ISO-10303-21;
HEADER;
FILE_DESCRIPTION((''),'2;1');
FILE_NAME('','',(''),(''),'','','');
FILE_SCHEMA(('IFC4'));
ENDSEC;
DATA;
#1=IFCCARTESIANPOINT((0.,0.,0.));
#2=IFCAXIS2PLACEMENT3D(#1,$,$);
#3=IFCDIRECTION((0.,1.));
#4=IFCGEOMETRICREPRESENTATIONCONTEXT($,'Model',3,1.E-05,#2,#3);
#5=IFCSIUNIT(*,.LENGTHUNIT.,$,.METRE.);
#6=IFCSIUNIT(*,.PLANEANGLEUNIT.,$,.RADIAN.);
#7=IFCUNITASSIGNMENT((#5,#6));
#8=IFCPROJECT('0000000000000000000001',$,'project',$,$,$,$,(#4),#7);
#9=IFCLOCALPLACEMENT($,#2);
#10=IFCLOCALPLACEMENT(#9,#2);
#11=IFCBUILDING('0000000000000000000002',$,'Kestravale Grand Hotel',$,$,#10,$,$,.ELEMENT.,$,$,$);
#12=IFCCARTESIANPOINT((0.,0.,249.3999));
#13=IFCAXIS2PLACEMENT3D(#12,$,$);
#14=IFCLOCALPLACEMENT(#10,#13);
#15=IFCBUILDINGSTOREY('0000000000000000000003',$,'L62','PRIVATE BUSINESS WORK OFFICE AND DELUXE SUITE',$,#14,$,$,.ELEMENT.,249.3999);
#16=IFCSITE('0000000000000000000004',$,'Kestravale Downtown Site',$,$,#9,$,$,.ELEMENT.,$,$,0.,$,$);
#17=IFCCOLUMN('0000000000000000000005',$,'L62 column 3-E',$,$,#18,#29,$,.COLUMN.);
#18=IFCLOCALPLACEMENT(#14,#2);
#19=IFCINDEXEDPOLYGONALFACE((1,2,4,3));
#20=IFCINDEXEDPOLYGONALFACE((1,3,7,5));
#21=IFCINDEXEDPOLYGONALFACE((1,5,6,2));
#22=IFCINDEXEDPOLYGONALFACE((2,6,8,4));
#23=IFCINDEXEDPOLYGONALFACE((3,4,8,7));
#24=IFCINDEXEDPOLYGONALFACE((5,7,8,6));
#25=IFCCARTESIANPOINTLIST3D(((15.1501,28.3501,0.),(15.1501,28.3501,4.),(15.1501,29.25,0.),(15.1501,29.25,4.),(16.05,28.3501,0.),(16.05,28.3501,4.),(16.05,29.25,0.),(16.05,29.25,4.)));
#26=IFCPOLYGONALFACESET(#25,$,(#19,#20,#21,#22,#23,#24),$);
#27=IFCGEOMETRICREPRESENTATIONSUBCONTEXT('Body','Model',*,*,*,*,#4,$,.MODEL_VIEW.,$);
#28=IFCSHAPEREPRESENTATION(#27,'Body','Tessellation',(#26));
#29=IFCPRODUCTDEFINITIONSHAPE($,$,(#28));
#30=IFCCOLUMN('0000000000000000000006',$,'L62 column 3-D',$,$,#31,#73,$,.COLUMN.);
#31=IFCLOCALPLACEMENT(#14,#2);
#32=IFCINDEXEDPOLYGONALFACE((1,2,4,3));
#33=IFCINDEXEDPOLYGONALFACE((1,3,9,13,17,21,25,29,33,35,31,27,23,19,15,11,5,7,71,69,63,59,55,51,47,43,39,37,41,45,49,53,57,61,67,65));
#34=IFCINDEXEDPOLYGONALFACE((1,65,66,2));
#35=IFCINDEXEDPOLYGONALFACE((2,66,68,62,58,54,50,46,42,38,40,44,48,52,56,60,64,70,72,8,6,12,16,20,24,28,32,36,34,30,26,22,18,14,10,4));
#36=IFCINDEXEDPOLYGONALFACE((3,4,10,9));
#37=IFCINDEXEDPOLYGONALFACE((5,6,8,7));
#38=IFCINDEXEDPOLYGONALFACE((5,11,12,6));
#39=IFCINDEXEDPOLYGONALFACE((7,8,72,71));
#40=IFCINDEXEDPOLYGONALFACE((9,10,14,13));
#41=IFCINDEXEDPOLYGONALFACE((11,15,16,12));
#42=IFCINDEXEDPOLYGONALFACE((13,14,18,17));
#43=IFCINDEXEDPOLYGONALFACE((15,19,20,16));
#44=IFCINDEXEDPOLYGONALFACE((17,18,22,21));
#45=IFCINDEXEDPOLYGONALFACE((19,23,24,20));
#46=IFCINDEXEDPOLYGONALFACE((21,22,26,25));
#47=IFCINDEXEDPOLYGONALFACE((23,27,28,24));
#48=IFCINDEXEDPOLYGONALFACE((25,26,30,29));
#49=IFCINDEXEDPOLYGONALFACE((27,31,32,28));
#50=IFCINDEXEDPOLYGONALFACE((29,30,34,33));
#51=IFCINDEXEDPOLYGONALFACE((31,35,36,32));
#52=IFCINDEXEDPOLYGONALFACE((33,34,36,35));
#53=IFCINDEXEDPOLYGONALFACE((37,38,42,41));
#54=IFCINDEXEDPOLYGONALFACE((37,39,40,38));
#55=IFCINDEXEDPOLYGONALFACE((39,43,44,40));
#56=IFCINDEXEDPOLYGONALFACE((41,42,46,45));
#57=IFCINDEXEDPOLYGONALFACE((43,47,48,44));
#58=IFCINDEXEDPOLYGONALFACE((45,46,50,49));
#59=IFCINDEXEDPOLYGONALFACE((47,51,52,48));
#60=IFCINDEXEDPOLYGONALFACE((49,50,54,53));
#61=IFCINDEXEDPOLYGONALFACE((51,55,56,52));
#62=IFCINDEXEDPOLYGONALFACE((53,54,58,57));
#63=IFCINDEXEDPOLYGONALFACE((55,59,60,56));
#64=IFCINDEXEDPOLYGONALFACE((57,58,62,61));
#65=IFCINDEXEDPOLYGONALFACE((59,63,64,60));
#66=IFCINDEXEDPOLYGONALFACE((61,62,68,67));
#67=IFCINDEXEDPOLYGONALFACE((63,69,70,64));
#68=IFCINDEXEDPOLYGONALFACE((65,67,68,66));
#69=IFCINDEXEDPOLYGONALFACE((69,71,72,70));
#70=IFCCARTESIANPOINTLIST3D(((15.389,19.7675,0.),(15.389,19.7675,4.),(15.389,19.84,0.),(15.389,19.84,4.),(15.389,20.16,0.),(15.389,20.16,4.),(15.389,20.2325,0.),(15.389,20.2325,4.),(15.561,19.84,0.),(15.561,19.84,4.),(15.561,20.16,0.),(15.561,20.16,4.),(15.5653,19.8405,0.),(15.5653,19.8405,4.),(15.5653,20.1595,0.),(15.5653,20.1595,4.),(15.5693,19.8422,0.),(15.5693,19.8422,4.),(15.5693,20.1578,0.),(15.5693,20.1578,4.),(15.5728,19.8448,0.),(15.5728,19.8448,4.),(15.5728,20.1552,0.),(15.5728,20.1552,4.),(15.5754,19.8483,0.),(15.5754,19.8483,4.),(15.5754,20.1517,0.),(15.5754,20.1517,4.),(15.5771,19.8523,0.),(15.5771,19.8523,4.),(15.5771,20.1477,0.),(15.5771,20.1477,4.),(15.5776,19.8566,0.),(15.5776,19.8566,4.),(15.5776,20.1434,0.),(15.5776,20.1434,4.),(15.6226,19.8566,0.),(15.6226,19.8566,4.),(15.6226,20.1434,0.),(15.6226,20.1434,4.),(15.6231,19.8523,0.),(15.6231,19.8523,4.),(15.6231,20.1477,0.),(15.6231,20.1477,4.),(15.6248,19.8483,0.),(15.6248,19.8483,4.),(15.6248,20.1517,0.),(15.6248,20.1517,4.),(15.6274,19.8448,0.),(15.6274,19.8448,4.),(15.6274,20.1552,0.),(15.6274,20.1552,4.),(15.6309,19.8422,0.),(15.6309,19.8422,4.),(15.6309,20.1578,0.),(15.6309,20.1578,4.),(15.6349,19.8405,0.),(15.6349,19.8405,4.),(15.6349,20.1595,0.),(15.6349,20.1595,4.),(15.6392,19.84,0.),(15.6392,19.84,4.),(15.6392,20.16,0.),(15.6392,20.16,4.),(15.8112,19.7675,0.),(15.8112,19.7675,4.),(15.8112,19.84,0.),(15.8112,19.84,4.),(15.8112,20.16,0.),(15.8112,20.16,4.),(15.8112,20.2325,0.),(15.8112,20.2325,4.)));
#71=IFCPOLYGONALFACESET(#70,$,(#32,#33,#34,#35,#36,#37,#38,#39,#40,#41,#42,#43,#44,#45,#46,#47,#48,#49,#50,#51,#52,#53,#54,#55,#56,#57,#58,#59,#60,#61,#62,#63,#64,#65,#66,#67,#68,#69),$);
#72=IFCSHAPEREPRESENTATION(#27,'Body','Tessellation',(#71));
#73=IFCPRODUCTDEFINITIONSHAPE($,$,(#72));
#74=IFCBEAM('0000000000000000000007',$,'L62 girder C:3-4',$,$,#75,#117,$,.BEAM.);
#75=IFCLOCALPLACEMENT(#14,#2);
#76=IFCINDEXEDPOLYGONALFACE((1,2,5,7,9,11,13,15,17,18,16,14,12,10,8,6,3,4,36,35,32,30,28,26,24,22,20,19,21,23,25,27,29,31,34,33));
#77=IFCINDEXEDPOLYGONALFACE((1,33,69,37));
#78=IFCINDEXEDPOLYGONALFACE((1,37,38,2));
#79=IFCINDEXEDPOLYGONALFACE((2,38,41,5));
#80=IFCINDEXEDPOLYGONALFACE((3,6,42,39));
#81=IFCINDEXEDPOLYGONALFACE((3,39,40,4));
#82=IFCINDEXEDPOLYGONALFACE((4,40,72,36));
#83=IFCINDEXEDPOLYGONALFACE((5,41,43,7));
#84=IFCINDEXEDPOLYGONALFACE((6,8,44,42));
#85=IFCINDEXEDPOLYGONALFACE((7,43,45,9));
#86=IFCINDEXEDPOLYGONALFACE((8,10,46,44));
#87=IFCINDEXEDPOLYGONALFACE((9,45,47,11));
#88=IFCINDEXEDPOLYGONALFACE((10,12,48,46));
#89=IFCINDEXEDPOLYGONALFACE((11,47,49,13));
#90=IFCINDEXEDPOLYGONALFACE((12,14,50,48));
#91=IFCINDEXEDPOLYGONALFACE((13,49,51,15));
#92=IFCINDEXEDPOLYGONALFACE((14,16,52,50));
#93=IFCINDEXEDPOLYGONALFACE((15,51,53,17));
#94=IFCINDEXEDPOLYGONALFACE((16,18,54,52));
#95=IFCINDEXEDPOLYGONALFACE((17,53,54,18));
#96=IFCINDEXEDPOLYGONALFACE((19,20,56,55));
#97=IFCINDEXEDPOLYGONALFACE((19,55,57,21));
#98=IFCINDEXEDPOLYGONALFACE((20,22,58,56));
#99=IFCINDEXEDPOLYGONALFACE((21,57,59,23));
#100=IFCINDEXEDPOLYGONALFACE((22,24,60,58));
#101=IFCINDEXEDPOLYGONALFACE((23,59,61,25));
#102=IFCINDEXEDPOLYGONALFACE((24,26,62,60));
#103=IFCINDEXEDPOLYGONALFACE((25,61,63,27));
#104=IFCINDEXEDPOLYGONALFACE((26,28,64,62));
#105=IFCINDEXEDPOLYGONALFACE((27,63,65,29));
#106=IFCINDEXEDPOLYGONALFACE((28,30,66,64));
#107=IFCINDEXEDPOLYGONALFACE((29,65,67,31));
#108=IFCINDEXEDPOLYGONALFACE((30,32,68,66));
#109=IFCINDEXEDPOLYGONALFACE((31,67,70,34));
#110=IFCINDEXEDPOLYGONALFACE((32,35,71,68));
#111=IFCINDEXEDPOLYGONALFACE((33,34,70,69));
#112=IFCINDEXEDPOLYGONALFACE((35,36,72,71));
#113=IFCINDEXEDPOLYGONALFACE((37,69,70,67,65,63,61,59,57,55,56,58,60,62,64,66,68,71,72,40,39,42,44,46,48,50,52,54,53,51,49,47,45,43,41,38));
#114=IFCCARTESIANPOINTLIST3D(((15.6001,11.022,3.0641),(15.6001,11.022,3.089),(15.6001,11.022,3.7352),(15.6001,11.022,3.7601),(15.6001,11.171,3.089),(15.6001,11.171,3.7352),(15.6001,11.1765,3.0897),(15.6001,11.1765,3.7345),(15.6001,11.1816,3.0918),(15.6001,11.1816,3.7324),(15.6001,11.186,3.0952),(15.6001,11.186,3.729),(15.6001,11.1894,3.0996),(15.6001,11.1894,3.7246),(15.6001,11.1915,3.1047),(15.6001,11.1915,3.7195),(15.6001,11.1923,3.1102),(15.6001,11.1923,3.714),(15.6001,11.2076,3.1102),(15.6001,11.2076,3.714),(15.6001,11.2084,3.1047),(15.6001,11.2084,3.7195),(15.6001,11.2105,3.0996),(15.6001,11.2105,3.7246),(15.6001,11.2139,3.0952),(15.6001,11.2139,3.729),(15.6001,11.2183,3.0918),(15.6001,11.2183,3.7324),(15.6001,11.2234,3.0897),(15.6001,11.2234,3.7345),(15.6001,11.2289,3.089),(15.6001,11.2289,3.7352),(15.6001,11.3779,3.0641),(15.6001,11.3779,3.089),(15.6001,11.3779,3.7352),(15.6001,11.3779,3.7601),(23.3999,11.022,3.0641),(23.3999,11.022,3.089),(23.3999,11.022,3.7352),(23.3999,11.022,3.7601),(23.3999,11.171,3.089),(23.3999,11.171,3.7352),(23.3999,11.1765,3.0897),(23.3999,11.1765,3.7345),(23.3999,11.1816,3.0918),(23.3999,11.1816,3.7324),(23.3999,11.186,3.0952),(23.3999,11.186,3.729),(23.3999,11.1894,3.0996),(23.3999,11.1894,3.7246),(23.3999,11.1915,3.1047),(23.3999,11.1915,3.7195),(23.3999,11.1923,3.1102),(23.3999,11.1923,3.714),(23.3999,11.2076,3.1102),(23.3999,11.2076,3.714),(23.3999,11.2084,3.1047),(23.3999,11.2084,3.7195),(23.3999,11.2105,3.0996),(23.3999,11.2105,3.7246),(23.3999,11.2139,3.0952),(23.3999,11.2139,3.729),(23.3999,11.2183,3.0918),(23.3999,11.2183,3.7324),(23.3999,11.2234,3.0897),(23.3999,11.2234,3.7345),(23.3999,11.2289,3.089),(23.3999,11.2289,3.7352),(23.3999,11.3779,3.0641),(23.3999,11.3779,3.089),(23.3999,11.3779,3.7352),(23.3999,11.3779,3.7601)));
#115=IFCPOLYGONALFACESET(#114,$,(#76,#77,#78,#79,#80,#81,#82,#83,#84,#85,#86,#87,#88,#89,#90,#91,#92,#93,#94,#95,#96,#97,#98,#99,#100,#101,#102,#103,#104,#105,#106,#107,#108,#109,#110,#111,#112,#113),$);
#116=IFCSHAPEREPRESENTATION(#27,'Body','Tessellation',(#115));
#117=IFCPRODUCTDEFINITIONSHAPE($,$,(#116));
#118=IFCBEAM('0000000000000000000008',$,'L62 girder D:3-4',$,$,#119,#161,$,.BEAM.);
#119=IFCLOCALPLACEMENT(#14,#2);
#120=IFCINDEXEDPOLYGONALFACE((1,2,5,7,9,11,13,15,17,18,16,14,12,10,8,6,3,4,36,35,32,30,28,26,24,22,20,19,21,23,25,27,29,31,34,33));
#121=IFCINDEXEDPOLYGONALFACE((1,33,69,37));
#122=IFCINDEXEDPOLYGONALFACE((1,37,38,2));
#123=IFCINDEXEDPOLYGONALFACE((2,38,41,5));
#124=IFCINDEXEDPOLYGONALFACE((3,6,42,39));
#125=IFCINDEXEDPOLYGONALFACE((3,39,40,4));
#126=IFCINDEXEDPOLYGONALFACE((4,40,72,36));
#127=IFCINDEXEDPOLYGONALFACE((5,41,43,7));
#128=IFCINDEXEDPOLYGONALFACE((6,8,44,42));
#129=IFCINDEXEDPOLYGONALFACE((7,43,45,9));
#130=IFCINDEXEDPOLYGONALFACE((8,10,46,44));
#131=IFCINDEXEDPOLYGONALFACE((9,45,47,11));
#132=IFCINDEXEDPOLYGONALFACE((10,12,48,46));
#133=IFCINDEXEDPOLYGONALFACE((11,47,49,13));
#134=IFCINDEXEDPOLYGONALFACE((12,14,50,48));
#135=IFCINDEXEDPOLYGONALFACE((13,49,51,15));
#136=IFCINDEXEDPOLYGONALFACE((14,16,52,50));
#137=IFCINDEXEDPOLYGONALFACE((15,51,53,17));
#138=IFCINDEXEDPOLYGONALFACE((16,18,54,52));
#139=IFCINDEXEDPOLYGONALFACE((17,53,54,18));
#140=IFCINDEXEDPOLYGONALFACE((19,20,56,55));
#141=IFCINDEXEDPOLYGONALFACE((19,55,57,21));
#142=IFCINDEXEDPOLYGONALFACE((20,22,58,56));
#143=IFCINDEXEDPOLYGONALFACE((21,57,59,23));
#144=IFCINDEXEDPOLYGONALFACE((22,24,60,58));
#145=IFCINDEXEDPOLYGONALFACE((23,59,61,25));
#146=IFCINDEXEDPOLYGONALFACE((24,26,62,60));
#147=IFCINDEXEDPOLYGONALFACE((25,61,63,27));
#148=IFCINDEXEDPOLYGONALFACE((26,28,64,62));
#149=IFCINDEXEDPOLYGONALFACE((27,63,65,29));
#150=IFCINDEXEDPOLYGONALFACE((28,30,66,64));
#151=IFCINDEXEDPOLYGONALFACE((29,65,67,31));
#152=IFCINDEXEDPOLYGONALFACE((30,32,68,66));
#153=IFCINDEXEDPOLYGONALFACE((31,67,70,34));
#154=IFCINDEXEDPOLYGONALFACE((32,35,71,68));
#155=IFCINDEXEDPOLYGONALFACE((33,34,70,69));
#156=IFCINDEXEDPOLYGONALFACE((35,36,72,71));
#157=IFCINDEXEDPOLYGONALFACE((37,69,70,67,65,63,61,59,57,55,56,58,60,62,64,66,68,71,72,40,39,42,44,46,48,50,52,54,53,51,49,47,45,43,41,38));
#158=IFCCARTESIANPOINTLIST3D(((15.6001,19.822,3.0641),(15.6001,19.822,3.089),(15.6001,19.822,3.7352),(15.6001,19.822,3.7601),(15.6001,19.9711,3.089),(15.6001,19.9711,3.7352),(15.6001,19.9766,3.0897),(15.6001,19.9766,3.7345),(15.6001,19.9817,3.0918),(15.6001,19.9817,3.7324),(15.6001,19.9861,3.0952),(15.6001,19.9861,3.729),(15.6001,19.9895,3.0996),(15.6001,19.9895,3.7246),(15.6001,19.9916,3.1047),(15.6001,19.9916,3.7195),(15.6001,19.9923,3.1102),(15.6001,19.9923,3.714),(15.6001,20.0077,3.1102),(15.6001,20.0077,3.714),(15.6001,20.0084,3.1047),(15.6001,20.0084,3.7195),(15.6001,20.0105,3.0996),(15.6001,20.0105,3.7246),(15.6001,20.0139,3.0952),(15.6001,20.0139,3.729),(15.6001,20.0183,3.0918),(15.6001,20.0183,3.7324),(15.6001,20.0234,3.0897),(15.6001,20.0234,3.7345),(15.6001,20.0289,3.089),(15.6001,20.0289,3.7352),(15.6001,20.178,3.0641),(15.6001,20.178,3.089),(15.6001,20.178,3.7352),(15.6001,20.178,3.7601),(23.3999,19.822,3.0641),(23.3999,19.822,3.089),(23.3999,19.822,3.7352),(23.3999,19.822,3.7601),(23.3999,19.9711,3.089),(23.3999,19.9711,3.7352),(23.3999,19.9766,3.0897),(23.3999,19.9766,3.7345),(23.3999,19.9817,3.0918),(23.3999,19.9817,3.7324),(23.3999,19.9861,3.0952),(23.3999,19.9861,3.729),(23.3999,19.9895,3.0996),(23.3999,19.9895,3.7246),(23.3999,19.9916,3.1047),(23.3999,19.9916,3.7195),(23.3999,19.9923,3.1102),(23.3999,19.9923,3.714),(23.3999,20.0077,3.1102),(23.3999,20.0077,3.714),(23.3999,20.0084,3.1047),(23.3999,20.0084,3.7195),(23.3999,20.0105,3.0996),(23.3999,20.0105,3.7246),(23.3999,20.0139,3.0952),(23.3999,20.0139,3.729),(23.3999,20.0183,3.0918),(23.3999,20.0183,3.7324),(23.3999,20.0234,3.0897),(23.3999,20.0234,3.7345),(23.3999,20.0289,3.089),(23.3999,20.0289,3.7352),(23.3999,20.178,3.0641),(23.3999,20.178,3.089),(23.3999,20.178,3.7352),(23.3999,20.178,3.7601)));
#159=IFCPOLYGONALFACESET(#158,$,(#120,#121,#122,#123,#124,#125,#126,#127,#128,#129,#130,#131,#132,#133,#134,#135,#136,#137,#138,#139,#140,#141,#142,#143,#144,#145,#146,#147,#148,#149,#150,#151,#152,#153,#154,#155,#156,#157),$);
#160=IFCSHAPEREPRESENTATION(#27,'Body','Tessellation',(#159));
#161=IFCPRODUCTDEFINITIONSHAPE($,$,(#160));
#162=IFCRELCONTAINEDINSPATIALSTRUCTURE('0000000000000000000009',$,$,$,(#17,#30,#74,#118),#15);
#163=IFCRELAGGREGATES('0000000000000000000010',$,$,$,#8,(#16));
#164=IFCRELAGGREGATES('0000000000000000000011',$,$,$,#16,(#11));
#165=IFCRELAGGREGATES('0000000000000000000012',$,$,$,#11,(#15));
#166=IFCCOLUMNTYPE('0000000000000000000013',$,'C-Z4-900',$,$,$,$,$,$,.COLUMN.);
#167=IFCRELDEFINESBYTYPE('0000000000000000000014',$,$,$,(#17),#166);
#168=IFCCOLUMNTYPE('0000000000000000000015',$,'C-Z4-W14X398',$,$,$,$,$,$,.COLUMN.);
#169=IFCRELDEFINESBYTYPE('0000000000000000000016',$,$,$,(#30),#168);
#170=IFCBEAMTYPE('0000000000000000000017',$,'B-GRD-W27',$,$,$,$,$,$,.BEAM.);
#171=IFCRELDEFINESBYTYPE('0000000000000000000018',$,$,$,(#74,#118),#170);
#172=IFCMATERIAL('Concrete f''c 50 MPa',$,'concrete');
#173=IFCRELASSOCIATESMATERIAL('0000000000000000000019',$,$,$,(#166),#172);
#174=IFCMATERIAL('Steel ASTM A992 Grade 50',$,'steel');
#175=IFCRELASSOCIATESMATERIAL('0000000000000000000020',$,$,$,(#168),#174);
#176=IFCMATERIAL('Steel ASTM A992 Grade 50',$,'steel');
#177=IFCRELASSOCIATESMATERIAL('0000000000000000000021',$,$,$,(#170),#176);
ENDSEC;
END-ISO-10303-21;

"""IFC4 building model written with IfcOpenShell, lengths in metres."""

from ifc_helpers import new_model, si_unit, direction, frame, origin, origin_2d, place, context, subcontext, project, spatial, rectangle, i_section, extrude, material, material_profile, profile_set, type_object, element, save


model = new_model("IFC4")

# Units and contexts
model_context = context("Model", 3, precision=1e-05, world=origin(), true_north=direction((0.0, 1.0)))
body_context = subcontext(model_context, "Body", "Model", "MODEL_VIEW")
ifc_project = project(units=[si_unit("LENGTHUNIT", "METRE"), si_unit("PLANEANGLEUNIT", "RADIAN")], contexts=[model_context])

# Site, building, storey
site_placement = place(None, origin())
site = spatial("IfcSite", under=ifc_project, at=site_placement, Name="Kestravale Downtown Site", CompositionType="ELEMENT", RefElevation=0.0)
building_placement = place(site_placement, origin())
building = spatial("IfcBuilding", under=site, at=building_placement, Name="Kestravale Grand Hotel", CompositionType="ELEMENT")
storey_placement = place(building_placement, frame((0.0, 0.0, 249.3999)))
storey = spatial("IfcBuildingStorey", under=building, at=storey_placement, Name="L62", Description="PRIVATE BUSINESS WORK OFFICE AND DELUXE SUITE", CompositionType="ELEMENT", Elevation=249.3999)

# Columns
ifc_material_1 = material(Name="Concrete f'c 50 MPa", Category="concrete")
ifc_material_profile_1 = material_profile(ifc_material_1, rectangle(XDim=0.8999, YDim=0.8999, at=origin_2d()))
ifc_profile_set_1 = profile_set([ifc_material_profile_1], Name="Concrete f'c 50 MPa")
column_type_1 = type_object("IfcColumnType", Name="C-Z4-900", PredefinedType="COLUMN", material=ifc_profile_set_1)
column_1_placement = place(storey_placement, frame((15.6001, 28.8, 0.0), z_axis=(0.0, 0.0, 1.0), x_axis=(1.0, 0.0, 0.0)))
element("IfcColumn", 1, at=column_1_placement, inside=storey, type_object=column_type_1, Name="L62 column 3-E", PredefinedType="COLUMN", context=body_context, shape_type="SweptSolid", body=[
    extrude(rectangle(XDim=0.8999, YDim=0.8999, at=origin_2d()), origin(), (0.0, 0.0, 1.0), 4.0),
])
ifc_material_2 = material(Name="Steel ASTM A992 Grade 50", Category="steel")
ifc_material_profile_2 = material_profile(ifc_material_2, i_section(OverallWidth=0.4221, OverallDepth=0.4651, WebThickness=0.0449, FlangeThickness=0.0725, FilletRadius=0.0166, at=origin_2d()))
ifc_profile_set_2 = profile_set([ifc_material_profile_2], Name="Steel ASTM A992 Grade 50")
column_type_2 = type_object("IfcColumnType", Name="C-Z4-W14X398", PredefinedType="COLUMN", material=ifc_profile_set_2)
column_2_placement = place(storey_placement, frame((15.6001, 20.0, 0.0), z_axis=(0.0, 0.0, 1.0), x_axis=(1.0, 0.0, 0.0)))
element("IfcColumn", 2, at=column_2_placement, inside=storey, type_object=column_type_2, Name="L62 column 3-D", PredefinedType="COLUMN", context=body_context, shape_type="SweptSolid", body=[
    extrude(i_section(OverallWidth=0.4221, OverallDepth=0.4651, WebThickness=0.0449, FlangeThickness=0.0725, FilletRadius=0.0166, at=origin_2d()), origin(), (0.0, 0.0, 1.0), 4.0),
])

# Beams
ifc_material_3 = material(Name="Steel ASTM A992 Grade 50", Category="steel")
ifc_material_profile_3 = material_profile(ifc_material_3, i_section(OverallWidth=0.356, OverallDepth=0.696, WebThickness=0.0154, FlangeThickness=0.0249, FilletRadius=0.0212, at=origin_2d()))
ifc_profile_set_3 = profile_set([ifc_material_profile_3], Name="Steel ASTM A992 Grade 50")
beam_type = type_object("IfcBeamType", Name="B-GRD-W27", PredefinedType="BEAM", material=ifc_profile_set_3)
for number, where, z_axis, x_axis, name in (
    (3, (15.6001, 11.2, 3.4121), (1.0, 0.0, 0.0), (0.0, 1.0, 0.0), "L62 girder C:3-4"),
    (4, (15.6001, 20.0, 3.4121), (1.0, 0.0, 0.0), (0.0, 1.0, 0.0), "L62 girder D:3-4"),
):
    element("IfcBeam", number, at=place(storey_placement, frame(where, z_axis=z_axis, x_axis=x_axis)), inside=storey, type_object=beam_type, Name=name, PredefinedType="BEAM", context=body_context, shape_type="SweptSolid", body=[
        extrude(i_section(OverallWidth=0.356, OverallDepth=0.696, WebThickness=0.0154, FlangeThickness=0.0249, FilletRadius=0.0212, at=origin_2d()), origin(), (0.0, 0.0, 1.0), 7.7998),
    ])

save(model, "model.ifc")
